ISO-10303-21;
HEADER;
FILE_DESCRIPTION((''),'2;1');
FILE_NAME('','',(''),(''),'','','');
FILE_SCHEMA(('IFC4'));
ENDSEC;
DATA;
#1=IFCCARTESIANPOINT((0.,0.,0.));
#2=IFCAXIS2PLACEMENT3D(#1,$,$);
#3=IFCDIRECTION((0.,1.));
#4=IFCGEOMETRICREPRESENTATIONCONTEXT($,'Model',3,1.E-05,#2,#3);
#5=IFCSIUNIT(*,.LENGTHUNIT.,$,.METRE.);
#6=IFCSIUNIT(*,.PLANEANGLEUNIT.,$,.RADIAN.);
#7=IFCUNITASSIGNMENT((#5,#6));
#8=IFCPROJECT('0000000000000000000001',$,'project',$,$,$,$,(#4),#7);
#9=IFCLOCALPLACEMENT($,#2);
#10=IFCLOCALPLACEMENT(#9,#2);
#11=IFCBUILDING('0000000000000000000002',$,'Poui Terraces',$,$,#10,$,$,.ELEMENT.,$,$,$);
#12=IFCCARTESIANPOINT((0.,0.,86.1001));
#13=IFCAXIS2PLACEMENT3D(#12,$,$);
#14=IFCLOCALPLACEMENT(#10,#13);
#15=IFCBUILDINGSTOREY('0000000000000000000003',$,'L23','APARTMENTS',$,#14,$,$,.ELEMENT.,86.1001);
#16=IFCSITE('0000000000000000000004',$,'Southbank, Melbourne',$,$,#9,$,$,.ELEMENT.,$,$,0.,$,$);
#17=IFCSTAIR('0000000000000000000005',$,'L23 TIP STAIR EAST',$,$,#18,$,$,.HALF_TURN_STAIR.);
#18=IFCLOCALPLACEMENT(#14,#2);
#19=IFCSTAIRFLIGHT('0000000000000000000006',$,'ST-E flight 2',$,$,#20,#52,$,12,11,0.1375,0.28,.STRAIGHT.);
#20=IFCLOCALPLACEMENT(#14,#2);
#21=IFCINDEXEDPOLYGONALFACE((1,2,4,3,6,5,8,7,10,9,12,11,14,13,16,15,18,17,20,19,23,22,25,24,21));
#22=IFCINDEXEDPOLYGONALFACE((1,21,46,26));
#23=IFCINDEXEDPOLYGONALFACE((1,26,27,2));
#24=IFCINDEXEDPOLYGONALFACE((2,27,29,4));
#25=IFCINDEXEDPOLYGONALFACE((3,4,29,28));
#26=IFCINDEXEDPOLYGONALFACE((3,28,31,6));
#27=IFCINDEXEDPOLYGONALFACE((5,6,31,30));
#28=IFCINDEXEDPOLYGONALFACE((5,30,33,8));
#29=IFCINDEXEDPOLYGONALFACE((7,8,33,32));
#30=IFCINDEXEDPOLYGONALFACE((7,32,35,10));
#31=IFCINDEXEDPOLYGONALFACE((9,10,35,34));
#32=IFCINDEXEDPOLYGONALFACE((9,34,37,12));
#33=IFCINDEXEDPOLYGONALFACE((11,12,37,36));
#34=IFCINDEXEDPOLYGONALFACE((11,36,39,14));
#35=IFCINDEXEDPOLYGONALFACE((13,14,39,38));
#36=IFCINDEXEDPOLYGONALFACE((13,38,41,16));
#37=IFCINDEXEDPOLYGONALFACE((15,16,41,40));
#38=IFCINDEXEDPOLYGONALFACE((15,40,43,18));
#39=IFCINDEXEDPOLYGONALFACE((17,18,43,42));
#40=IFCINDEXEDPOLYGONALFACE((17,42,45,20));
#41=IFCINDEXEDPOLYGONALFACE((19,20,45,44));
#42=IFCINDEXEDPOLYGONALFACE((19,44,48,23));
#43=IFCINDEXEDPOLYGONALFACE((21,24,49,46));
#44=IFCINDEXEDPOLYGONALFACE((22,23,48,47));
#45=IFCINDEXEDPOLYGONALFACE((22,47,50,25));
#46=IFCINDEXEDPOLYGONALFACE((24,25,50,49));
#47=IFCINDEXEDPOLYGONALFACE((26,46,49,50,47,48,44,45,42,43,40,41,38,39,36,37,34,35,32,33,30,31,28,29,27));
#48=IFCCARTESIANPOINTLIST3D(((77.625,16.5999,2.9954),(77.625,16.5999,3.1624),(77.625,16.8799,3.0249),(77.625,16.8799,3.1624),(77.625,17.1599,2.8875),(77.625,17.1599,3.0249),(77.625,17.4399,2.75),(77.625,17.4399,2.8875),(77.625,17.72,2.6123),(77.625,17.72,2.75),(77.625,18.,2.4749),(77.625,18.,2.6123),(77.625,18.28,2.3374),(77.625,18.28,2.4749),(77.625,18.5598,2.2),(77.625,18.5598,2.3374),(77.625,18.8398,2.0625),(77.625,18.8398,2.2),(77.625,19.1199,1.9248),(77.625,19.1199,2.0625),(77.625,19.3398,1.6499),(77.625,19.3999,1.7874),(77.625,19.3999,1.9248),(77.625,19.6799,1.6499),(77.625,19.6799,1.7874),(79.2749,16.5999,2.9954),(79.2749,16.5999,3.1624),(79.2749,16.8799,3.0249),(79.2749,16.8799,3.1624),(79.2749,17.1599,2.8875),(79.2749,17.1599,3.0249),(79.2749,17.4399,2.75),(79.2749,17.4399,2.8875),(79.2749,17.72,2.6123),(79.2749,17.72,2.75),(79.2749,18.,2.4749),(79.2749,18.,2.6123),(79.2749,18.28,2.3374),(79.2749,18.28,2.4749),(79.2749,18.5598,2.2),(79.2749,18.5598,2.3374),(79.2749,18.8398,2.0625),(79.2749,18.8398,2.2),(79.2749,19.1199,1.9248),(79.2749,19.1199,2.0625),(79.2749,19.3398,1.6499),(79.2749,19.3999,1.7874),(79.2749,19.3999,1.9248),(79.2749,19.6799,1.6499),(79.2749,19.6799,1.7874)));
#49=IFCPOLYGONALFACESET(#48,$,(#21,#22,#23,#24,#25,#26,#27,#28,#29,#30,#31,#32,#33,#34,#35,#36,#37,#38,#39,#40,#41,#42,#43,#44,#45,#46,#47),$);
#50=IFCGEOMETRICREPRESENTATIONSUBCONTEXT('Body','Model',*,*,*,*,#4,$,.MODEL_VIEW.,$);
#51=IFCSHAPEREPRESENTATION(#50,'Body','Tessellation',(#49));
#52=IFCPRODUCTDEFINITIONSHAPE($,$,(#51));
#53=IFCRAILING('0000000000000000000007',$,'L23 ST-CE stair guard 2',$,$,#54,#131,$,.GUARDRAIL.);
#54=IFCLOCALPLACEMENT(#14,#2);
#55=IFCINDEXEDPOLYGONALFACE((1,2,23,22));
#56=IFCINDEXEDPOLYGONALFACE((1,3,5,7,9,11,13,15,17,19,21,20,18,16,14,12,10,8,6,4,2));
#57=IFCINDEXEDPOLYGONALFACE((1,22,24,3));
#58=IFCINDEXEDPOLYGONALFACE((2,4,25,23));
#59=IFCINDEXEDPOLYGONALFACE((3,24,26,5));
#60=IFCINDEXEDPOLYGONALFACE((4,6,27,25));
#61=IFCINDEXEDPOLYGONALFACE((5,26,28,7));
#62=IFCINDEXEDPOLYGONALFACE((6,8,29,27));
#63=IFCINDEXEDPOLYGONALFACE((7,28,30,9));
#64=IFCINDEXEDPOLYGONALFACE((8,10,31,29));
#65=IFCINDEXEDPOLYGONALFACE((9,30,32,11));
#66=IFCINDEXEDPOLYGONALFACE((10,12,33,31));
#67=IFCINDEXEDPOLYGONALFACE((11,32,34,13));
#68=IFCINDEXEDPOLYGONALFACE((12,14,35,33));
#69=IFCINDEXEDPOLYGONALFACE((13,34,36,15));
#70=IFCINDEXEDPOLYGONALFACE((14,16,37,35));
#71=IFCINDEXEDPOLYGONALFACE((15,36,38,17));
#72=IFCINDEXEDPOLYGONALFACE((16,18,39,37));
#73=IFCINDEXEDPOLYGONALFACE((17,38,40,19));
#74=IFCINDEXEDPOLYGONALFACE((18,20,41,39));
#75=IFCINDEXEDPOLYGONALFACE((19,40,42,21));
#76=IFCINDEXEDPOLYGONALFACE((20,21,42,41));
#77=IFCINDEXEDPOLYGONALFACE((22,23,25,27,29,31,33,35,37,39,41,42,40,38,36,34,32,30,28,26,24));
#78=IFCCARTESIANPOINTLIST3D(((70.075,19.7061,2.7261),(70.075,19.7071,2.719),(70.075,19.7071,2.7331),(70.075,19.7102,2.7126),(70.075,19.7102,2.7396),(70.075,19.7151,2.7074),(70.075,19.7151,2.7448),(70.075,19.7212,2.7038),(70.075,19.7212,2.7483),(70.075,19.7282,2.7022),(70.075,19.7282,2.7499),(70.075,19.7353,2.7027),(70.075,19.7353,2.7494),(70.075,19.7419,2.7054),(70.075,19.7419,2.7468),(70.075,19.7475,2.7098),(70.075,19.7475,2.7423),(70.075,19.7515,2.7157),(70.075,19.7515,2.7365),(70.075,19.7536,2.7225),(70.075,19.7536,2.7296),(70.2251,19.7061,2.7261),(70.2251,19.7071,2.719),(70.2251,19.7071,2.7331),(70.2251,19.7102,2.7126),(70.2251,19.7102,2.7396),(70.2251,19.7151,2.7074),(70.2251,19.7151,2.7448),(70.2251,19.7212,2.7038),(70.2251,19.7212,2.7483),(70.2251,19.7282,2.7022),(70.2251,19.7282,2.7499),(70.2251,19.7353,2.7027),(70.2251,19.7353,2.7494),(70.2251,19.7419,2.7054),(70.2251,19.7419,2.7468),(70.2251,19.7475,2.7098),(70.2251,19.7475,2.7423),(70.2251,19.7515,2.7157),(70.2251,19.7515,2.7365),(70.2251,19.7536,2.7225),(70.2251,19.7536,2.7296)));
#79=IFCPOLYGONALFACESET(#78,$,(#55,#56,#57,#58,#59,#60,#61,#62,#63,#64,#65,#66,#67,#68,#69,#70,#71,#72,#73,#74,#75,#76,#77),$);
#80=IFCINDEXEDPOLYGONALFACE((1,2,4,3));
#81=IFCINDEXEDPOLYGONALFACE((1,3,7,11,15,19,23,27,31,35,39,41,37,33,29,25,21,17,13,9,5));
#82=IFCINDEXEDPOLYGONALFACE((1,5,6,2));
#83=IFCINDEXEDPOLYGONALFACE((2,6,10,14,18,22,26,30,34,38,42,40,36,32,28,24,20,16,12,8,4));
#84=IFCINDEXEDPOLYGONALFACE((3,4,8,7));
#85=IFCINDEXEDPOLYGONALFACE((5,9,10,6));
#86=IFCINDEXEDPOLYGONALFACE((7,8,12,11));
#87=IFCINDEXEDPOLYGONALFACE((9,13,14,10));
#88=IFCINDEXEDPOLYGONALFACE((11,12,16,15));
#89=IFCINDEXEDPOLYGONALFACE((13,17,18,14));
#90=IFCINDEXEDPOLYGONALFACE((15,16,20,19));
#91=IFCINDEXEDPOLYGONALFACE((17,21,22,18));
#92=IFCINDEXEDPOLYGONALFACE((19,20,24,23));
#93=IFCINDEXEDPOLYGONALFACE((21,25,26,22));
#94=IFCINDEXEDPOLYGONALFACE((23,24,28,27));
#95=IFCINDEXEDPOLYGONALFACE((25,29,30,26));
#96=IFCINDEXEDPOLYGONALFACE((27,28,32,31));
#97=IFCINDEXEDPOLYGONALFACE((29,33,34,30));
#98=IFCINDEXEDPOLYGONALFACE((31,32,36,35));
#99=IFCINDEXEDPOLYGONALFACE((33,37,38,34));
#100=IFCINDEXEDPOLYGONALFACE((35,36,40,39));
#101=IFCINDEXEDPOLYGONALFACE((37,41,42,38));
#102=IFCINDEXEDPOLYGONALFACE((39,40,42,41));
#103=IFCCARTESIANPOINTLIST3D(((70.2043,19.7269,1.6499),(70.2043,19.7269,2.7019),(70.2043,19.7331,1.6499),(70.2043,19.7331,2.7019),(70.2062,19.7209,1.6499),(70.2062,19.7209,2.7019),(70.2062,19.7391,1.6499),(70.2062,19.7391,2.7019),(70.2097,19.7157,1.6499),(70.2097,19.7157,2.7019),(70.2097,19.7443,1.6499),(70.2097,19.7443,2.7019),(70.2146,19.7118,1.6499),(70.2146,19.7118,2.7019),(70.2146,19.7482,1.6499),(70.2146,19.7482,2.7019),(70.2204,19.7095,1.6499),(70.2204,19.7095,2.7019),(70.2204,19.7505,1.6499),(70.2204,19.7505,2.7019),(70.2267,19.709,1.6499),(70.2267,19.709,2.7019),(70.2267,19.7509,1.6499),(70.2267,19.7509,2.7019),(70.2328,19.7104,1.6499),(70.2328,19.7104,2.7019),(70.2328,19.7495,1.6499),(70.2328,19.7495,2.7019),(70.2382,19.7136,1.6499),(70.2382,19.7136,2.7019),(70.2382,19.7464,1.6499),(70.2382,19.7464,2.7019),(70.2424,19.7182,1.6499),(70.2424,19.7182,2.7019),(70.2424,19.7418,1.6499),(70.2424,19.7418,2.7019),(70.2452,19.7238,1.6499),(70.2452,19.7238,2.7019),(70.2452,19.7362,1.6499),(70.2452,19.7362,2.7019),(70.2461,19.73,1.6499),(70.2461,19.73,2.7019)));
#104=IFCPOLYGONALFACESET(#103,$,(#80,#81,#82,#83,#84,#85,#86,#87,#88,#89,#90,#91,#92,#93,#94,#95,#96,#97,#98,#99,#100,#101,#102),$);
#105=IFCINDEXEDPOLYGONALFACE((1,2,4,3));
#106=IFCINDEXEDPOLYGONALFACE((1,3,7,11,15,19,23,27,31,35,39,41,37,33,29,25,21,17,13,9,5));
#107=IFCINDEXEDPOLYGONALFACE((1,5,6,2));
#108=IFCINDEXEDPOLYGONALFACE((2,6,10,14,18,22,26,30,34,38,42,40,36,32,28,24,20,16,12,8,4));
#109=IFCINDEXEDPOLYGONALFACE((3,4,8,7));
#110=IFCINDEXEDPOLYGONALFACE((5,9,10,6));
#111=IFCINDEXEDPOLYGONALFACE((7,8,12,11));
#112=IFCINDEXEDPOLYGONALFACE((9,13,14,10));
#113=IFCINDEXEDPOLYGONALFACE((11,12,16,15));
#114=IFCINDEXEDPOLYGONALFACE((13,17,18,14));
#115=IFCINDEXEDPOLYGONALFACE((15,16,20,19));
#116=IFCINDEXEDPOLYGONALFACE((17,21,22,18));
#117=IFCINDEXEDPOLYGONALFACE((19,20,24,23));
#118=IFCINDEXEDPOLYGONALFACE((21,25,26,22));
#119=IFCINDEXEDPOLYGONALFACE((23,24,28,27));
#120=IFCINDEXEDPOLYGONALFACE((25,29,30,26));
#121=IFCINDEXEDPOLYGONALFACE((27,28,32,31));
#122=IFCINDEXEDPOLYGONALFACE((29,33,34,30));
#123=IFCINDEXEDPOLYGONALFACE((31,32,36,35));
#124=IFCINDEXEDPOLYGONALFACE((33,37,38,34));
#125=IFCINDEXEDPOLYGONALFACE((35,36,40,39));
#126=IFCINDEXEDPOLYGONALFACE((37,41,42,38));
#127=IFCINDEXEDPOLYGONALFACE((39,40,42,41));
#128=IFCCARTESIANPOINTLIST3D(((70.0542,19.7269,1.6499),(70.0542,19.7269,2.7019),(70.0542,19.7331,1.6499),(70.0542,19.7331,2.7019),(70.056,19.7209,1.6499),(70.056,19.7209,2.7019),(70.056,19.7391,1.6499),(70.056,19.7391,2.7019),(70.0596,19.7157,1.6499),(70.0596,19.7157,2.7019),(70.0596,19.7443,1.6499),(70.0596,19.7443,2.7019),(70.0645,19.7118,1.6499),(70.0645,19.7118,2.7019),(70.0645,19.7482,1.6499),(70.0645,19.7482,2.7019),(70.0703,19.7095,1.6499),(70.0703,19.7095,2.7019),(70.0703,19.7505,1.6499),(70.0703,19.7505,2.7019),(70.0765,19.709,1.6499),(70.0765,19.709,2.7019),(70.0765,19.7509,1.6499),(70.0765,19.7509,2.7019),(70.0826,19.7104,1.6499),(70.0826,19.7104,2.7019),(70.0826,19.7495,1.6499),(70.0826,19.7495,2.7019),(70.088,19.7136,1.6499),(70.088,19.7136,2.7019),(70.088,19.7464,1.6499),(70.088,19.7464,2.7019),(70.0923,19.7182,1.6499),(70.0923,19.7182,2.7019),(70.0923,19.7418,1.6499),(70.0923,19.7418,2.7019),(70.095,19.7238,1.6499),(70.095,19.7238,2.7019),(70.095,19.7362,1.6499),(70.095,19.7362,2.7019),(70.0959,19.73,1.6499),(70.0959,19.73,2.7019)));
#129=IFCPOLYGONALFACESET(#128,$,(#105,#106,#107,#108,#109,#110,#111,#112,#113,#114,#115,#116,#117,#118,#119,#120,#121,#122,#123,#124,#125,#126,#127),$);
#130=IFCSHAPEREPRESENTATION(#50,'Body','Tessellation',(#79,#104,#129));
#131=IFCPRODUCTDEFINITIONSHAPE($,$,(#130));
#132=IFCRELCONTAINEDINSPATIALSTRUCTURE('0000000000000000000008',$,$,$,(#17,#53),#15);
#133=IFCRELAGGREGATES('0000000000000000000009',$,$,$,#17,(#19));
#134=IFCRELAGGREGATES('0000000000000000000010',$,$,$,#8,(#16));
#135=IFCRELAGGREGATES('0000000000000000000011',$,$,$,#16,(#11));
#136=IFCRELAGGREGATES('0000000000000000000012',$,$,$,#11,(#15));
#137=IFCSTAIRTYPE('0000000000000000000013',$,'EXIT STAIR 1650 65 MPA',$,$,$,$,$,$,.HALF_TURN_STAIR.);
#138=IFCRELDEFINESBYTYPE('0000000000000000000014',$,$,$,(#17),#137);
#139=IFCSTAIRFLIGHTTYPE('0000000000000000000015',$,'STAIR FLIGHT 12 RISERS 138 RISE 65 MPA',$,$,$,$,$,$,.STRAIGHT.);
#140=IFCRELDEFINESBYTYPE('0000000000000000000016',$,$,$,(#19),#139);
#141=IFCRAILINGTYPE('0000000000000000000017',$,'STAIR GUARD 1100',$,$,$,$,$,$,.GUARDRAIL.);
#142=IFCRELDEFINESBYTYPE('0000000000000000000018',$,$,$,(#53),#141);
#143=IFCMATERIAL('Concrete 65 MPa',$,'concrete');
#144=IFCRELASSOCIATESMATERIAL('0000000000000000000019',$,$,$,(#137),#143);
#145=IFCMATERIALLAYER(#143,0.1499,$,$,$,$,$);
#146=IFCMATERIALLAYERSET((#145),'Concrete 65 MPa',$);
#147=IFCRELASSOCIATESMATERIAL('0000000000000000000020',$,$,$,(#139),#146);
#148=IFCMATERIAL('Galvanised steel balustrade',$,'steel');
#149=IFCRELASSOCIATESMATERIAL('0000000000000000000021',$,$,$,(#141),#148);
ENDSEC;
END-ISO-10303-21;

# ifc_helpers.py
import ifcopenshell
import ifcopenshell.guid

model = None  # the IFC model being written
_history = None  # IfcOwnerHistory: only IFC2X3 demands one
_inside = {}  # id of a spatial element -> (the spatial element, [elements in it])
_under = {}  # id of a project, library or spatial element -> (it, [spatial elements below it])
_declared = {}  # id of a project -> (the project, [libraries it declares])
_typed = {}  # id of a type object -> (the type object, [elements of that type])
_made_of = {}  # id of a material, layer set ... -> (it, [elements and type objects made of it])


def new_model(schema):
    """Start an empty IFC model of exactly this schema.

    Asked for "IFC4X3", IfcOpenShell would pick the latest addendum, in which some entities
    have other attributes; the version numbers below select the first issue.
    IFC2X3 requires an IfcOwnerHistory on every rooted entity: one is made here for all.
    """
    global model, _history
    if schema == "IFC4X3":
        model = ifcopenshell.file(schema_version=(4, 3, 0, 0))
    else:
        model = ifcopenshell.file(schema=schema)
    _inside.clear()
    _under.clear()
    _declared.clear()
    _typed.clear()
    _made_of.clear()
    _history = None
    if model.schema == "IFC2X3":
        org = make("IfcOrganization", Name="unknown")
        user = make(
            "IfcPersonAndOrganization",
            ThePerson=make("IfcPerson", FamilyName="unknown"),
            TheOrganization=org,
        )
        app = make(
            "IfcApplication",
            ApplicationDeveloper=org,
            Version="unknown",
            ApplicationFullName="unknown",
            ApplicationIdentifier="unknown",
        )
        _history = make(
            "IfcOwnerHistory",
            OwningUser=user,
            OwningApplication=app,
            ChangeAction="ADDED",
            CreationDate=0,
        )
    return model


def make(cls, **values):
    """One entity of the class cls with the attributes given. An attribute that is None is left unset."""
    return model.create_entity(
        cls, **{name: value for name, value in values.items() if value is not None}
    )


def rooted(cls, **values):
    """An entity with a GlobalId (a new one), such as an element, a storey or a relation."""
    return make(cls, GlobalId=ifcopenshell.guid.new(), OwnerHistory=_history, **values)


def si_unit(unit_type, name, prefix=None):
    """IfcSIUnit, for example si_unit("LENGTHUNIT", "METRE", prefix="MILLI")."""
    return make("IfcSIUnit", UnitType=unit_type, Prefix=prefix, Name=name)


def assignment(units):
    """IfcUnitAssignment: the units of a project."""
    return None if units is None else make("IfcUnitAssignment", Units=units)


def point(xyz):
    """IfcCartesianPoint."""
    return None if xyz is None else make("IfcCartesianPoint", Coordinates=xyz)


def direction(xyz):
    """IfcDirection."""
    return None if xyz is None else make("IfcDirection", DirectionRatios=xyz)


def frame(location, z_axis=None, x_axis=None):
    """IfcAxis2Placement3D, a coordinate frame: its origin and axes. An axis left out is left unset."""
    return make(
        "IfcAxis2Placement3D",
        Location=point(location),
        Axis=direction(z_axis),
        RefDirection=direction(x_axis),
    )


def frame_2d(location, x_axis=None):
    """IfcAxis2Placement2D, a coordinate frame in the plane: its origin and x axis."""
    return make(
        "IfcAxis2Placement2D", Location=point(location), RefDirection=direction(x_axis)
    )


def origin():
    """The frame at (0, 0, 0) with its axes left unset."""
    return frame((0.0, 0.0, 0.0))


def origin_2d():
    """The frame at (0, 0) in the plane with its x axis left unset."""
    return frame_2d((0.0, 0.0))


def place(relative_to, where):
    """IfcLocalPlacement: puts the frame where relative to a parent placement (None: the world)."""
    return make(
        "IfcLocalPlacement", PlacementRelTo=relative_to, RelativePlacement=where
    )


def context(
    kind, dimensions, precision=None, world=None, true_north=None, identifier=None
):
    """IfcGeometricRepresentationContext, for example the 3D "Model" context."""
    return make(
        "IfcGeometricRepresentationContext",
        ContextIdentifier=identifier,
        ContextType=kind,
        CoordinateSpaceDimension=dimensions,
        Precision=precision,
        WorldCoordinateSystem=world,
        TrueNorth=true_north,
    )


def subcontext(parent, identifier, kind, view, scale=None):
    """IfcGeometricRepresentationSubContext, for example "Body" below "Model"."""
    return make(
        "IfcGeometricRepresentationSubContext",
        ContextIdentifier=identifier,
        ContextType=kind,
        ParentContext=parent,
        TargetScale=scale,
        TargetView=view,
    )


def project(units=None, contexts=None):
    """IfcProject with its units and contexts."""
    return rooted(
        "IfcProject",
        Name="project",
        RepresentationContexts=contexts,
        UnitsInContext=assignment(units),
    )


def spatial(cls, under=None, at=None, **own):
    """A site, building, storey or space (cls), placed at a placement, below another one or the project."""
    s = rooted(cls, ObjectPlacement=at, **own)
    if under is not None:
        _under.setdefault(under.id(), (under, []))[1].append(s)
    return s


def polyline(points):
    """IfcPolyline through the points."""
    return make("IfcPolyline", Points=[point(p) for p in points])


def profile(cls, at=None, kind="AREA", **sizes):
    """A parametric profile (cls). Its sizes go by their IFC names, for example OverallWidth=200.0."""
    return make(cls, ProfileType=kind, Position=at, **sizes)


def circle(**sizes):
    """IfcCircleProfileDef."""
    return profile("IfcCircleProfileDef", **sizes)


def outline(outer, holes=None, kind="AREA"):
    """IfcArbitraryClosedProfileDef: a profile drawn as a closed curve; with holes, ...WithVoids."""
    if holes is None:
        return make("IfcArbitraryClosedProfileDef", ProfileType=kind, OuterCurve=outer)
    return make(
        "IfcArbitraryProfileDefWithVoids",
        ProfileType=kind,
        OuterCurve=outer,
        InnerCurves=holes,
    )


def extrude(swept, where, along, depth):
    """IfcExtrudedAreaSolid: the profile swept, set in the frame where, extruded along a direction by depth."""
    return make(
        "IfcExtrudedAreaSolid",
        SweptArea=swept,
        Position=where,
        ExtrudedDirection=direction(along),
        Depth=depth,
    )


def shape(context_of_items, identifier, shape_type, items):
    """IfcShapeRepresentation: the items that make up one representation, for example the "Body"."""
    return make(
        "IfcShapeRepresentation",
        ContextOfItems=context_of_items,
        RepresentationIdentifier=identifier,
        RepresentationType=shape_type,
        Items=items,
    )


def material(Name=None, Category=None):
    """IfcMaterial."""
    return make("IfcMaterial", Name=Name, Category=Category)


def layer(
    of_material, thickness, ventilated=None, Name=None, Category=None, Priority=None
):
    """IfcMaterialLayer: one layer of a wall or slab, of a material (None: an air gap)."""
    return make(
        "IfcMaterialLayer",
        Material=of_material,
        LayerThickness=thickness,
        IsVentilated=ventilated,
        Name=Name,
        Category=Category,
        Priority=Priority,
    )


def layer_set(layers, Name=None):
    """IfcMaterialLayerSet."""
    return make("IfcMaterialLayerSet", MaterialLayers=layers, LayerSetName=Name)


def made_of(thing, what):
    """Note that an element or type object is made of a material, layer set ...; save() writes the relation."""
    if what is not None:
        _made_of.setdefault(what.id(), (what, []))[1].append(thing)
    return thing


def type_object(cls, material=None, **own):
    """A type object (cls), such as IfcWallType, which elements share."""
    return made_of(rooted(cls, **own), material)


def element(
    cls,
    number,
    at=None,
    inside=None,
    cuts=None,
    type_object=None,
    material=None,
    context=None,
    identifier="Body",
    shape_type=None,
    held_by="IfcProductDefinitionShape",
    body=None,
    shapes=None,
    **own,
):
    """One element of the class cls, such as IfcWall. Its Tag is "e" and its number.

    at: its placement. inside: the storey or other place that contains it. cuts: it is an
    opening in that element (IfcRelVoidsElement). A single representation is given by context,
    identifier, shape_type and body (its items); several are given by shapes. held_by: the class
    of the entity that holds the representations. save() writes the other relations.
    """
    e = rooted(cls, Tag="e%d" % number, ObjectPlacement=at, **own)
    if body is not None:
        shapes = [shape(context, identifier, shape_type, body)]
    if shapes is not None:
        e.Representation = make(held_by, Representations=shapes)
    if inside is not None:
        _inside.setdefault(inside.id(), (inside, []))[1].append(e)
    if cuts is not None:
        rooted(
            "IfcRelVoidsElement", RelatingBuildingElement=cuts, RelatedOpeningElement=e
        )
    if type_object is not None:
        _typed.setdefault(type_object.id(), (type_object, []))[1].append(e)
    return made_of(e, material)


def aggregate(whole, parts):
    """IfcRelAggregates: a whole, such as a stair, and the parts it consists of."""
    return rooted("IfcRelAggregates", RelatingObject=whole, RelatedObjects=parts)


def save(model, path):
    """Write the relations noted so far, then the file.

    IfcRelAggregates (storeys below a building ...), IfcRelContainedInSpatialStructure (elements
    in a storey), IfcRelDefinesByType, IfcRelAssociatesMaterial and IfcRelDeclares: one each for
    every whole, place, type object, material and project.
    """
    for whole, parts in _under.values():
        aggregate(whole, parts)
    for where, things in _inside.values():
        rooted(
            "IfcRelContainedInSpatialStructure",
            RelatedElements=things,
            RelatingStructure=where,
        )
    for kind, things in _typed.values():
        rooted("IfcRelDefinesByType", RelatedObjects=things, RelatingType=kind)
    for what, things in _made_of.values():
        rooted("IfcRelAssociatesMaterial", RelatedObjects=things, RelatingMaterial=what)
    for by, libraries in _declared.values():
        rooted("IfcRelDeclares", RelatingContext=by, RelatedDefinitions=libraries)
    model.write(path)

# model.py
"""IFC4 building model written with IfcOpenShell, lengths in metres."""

from ifc_helpers import new_model, si_unit, direction, frame, origin, origin_2d, place, context, subcontext, project, spatial, polyline, circle, outline, extrude, material, layer, layer_set, type_object, element, aggregate, save


model = new_model("IFC4")

# Units and contexts
model_context = context("Model", 3, precision=1e-05, world=origin(), true_north=direction((0.0, 1.0)))
body_context = subcontext(model_context, "Body", "Model", "MODEL_VIEW")
ifc_project = project(units=[si_unit("LENGTHUNIT", "METRE"), si_unit("PLANEANGLEUNIT", "RADIAN")], contexts=[model_context])

# Site, building, storey
site_placement = place(None, origin())
site = spatial("IfcSite", under=ifc_project, at=site_placement, Name="Southbank, Melbourne", CompositionType="ELEMENT", RefElevation=0.0)
building_placement = place(site_placement, origin())
building = spatial("IfcBuilding", under=site, at=building_placement, Name="Poui Terraces", CompositionType="ELEMENT")
storey_placement = place(building_placement, frame((0.0, 0.0, 86.1001)))
storey = spatial("IfcBuildingStorey", under=building, at=storey_placement, Name="L23", Description="APARTMENTS", CompositionType="ELEMENT", Elevation=86.1001)

# Shared definitions
ifc_material_1 = material(Name="Concrete 65 MPa", Category="concrete")

# Stair, stair flight
stair_type = type_object("IfcStairType", Name="EXIT STAIR 1650 65 MPA", PredefinedType="HALF_TURN_STAIR", material=ifc_material_1)
stair_placement = place(storey_placement, origin())
stair = element("IfcStair", 1, at=stair_placement, inside=storey, type_object=stair_type, Name="L23 TIP STAIR EAST", PredefinedType="HALF_TURN_STAIR")
ifc_layer_1 = layer(ifc_material_1, 0.1499)
ifc_layer_set_1 = layer_set([ifc_layer_1], Name="Concrete 65 MPa")
stair_flight_type = type_object("IfcStairFlightType", Name="STAIR FLIGHT 12 RISERS 138 RISE 65 MPA", PredefinedType="STRAIGHT", material=ifc_layer_set_1)
stair_flight_1_placement = place(storey_placement, frame((78.45, 19.6799, 1.6499), z_axis=(0.0, 0.0, 1.0), x_axis=(0.0, -1.0, 0.0)))
stair_flight_1 = element("IfcStairFlight", 2, at=stair_flight_1_placement, type_object=stair_flight_type, Name="ST-E flight 2", NumberOfRisers=12, NumberOfTreads=11, PredefinedType="STRAIGHT", RiserHeight=0.1375, TreadLength=0.28, context=body_context, shape_type="SweptSolid", body=[
    extrude(outline(polyline([(0.0, 0.0), (0.0, 0.1375), (0.28, 0.1375), (0.28, 0.2749), (0.5601, 0.2749), (0.5601, 0.4126), (0.8401, 0.4126), (0.8401, 0.55), (1.1201, 0.55), (1.1201, 0.6875), (1.3999, 0.6875), (1.3999, 0.825), (1.6799, 0.825), (1.6799, 0.9624), (1.96, 0.9624), (1.96, 1.1001), (2.24, 1.1001), (2.24, 1.2375), (2.52, 1.2375), (2.52, 1.375), (2.8, 1.375), (2.8, 1.5125), (3.0801, 1.5125), (3.0801, 1.6499), (3.0801, 1.3455), (0.3401, 0.0), (0.0, 0.0)])), frame((0.0, 0.825, 0.0), z_axis=(0.0, -1.0, 0.0), x_axis=(1.0, 0.0, 0.0)), (0.0, 0.0, 1.0), 1.6499),
])
aggregate(stair, [stair_flight_1])

# Railing
ifc_material_2 = material(Name="Galvanised steel balustrade", Category="steel")
railing_type_1 = type_object("IfcRailingType", Name="STAIR GUARD 1100", PredefinedType="GUARDRAIL", material=ifc_material_2)
railing_1_placement = place(storey_placement, frame((70.2251, 19.73, 1.6499)))
element("IfcRailing", 3, at=railing_1_placement, inside=storey, type_object=railing_type_1, Name="L23 ST-CE stair guard 2", PredefinedType="GUARDRAIL", context=body_context, shape_type="SweptSolid", body=[
    extrude(circle(Radius=0.0239, at=origin_2d()), frame((0.0, 0.0, 1.0762), z_axis=(-1.0, 0.0, 0.0), x_axis=(0.0, -1.0, 0.0)), (0.0, 0.0, 1.0), 0.1501),
    extrude(circle(Radius=0.021, at=origin_2d()), origin(), (0.0, 0.0, 1.0), 1.052),
    extrude(circle(Radius=0.021, at=origin_2d()), frame((-0.1501, 0.0, 0.0)), (0.0, 0.0, 1.0), 1.052),
])

save(model, "model.ifc")
